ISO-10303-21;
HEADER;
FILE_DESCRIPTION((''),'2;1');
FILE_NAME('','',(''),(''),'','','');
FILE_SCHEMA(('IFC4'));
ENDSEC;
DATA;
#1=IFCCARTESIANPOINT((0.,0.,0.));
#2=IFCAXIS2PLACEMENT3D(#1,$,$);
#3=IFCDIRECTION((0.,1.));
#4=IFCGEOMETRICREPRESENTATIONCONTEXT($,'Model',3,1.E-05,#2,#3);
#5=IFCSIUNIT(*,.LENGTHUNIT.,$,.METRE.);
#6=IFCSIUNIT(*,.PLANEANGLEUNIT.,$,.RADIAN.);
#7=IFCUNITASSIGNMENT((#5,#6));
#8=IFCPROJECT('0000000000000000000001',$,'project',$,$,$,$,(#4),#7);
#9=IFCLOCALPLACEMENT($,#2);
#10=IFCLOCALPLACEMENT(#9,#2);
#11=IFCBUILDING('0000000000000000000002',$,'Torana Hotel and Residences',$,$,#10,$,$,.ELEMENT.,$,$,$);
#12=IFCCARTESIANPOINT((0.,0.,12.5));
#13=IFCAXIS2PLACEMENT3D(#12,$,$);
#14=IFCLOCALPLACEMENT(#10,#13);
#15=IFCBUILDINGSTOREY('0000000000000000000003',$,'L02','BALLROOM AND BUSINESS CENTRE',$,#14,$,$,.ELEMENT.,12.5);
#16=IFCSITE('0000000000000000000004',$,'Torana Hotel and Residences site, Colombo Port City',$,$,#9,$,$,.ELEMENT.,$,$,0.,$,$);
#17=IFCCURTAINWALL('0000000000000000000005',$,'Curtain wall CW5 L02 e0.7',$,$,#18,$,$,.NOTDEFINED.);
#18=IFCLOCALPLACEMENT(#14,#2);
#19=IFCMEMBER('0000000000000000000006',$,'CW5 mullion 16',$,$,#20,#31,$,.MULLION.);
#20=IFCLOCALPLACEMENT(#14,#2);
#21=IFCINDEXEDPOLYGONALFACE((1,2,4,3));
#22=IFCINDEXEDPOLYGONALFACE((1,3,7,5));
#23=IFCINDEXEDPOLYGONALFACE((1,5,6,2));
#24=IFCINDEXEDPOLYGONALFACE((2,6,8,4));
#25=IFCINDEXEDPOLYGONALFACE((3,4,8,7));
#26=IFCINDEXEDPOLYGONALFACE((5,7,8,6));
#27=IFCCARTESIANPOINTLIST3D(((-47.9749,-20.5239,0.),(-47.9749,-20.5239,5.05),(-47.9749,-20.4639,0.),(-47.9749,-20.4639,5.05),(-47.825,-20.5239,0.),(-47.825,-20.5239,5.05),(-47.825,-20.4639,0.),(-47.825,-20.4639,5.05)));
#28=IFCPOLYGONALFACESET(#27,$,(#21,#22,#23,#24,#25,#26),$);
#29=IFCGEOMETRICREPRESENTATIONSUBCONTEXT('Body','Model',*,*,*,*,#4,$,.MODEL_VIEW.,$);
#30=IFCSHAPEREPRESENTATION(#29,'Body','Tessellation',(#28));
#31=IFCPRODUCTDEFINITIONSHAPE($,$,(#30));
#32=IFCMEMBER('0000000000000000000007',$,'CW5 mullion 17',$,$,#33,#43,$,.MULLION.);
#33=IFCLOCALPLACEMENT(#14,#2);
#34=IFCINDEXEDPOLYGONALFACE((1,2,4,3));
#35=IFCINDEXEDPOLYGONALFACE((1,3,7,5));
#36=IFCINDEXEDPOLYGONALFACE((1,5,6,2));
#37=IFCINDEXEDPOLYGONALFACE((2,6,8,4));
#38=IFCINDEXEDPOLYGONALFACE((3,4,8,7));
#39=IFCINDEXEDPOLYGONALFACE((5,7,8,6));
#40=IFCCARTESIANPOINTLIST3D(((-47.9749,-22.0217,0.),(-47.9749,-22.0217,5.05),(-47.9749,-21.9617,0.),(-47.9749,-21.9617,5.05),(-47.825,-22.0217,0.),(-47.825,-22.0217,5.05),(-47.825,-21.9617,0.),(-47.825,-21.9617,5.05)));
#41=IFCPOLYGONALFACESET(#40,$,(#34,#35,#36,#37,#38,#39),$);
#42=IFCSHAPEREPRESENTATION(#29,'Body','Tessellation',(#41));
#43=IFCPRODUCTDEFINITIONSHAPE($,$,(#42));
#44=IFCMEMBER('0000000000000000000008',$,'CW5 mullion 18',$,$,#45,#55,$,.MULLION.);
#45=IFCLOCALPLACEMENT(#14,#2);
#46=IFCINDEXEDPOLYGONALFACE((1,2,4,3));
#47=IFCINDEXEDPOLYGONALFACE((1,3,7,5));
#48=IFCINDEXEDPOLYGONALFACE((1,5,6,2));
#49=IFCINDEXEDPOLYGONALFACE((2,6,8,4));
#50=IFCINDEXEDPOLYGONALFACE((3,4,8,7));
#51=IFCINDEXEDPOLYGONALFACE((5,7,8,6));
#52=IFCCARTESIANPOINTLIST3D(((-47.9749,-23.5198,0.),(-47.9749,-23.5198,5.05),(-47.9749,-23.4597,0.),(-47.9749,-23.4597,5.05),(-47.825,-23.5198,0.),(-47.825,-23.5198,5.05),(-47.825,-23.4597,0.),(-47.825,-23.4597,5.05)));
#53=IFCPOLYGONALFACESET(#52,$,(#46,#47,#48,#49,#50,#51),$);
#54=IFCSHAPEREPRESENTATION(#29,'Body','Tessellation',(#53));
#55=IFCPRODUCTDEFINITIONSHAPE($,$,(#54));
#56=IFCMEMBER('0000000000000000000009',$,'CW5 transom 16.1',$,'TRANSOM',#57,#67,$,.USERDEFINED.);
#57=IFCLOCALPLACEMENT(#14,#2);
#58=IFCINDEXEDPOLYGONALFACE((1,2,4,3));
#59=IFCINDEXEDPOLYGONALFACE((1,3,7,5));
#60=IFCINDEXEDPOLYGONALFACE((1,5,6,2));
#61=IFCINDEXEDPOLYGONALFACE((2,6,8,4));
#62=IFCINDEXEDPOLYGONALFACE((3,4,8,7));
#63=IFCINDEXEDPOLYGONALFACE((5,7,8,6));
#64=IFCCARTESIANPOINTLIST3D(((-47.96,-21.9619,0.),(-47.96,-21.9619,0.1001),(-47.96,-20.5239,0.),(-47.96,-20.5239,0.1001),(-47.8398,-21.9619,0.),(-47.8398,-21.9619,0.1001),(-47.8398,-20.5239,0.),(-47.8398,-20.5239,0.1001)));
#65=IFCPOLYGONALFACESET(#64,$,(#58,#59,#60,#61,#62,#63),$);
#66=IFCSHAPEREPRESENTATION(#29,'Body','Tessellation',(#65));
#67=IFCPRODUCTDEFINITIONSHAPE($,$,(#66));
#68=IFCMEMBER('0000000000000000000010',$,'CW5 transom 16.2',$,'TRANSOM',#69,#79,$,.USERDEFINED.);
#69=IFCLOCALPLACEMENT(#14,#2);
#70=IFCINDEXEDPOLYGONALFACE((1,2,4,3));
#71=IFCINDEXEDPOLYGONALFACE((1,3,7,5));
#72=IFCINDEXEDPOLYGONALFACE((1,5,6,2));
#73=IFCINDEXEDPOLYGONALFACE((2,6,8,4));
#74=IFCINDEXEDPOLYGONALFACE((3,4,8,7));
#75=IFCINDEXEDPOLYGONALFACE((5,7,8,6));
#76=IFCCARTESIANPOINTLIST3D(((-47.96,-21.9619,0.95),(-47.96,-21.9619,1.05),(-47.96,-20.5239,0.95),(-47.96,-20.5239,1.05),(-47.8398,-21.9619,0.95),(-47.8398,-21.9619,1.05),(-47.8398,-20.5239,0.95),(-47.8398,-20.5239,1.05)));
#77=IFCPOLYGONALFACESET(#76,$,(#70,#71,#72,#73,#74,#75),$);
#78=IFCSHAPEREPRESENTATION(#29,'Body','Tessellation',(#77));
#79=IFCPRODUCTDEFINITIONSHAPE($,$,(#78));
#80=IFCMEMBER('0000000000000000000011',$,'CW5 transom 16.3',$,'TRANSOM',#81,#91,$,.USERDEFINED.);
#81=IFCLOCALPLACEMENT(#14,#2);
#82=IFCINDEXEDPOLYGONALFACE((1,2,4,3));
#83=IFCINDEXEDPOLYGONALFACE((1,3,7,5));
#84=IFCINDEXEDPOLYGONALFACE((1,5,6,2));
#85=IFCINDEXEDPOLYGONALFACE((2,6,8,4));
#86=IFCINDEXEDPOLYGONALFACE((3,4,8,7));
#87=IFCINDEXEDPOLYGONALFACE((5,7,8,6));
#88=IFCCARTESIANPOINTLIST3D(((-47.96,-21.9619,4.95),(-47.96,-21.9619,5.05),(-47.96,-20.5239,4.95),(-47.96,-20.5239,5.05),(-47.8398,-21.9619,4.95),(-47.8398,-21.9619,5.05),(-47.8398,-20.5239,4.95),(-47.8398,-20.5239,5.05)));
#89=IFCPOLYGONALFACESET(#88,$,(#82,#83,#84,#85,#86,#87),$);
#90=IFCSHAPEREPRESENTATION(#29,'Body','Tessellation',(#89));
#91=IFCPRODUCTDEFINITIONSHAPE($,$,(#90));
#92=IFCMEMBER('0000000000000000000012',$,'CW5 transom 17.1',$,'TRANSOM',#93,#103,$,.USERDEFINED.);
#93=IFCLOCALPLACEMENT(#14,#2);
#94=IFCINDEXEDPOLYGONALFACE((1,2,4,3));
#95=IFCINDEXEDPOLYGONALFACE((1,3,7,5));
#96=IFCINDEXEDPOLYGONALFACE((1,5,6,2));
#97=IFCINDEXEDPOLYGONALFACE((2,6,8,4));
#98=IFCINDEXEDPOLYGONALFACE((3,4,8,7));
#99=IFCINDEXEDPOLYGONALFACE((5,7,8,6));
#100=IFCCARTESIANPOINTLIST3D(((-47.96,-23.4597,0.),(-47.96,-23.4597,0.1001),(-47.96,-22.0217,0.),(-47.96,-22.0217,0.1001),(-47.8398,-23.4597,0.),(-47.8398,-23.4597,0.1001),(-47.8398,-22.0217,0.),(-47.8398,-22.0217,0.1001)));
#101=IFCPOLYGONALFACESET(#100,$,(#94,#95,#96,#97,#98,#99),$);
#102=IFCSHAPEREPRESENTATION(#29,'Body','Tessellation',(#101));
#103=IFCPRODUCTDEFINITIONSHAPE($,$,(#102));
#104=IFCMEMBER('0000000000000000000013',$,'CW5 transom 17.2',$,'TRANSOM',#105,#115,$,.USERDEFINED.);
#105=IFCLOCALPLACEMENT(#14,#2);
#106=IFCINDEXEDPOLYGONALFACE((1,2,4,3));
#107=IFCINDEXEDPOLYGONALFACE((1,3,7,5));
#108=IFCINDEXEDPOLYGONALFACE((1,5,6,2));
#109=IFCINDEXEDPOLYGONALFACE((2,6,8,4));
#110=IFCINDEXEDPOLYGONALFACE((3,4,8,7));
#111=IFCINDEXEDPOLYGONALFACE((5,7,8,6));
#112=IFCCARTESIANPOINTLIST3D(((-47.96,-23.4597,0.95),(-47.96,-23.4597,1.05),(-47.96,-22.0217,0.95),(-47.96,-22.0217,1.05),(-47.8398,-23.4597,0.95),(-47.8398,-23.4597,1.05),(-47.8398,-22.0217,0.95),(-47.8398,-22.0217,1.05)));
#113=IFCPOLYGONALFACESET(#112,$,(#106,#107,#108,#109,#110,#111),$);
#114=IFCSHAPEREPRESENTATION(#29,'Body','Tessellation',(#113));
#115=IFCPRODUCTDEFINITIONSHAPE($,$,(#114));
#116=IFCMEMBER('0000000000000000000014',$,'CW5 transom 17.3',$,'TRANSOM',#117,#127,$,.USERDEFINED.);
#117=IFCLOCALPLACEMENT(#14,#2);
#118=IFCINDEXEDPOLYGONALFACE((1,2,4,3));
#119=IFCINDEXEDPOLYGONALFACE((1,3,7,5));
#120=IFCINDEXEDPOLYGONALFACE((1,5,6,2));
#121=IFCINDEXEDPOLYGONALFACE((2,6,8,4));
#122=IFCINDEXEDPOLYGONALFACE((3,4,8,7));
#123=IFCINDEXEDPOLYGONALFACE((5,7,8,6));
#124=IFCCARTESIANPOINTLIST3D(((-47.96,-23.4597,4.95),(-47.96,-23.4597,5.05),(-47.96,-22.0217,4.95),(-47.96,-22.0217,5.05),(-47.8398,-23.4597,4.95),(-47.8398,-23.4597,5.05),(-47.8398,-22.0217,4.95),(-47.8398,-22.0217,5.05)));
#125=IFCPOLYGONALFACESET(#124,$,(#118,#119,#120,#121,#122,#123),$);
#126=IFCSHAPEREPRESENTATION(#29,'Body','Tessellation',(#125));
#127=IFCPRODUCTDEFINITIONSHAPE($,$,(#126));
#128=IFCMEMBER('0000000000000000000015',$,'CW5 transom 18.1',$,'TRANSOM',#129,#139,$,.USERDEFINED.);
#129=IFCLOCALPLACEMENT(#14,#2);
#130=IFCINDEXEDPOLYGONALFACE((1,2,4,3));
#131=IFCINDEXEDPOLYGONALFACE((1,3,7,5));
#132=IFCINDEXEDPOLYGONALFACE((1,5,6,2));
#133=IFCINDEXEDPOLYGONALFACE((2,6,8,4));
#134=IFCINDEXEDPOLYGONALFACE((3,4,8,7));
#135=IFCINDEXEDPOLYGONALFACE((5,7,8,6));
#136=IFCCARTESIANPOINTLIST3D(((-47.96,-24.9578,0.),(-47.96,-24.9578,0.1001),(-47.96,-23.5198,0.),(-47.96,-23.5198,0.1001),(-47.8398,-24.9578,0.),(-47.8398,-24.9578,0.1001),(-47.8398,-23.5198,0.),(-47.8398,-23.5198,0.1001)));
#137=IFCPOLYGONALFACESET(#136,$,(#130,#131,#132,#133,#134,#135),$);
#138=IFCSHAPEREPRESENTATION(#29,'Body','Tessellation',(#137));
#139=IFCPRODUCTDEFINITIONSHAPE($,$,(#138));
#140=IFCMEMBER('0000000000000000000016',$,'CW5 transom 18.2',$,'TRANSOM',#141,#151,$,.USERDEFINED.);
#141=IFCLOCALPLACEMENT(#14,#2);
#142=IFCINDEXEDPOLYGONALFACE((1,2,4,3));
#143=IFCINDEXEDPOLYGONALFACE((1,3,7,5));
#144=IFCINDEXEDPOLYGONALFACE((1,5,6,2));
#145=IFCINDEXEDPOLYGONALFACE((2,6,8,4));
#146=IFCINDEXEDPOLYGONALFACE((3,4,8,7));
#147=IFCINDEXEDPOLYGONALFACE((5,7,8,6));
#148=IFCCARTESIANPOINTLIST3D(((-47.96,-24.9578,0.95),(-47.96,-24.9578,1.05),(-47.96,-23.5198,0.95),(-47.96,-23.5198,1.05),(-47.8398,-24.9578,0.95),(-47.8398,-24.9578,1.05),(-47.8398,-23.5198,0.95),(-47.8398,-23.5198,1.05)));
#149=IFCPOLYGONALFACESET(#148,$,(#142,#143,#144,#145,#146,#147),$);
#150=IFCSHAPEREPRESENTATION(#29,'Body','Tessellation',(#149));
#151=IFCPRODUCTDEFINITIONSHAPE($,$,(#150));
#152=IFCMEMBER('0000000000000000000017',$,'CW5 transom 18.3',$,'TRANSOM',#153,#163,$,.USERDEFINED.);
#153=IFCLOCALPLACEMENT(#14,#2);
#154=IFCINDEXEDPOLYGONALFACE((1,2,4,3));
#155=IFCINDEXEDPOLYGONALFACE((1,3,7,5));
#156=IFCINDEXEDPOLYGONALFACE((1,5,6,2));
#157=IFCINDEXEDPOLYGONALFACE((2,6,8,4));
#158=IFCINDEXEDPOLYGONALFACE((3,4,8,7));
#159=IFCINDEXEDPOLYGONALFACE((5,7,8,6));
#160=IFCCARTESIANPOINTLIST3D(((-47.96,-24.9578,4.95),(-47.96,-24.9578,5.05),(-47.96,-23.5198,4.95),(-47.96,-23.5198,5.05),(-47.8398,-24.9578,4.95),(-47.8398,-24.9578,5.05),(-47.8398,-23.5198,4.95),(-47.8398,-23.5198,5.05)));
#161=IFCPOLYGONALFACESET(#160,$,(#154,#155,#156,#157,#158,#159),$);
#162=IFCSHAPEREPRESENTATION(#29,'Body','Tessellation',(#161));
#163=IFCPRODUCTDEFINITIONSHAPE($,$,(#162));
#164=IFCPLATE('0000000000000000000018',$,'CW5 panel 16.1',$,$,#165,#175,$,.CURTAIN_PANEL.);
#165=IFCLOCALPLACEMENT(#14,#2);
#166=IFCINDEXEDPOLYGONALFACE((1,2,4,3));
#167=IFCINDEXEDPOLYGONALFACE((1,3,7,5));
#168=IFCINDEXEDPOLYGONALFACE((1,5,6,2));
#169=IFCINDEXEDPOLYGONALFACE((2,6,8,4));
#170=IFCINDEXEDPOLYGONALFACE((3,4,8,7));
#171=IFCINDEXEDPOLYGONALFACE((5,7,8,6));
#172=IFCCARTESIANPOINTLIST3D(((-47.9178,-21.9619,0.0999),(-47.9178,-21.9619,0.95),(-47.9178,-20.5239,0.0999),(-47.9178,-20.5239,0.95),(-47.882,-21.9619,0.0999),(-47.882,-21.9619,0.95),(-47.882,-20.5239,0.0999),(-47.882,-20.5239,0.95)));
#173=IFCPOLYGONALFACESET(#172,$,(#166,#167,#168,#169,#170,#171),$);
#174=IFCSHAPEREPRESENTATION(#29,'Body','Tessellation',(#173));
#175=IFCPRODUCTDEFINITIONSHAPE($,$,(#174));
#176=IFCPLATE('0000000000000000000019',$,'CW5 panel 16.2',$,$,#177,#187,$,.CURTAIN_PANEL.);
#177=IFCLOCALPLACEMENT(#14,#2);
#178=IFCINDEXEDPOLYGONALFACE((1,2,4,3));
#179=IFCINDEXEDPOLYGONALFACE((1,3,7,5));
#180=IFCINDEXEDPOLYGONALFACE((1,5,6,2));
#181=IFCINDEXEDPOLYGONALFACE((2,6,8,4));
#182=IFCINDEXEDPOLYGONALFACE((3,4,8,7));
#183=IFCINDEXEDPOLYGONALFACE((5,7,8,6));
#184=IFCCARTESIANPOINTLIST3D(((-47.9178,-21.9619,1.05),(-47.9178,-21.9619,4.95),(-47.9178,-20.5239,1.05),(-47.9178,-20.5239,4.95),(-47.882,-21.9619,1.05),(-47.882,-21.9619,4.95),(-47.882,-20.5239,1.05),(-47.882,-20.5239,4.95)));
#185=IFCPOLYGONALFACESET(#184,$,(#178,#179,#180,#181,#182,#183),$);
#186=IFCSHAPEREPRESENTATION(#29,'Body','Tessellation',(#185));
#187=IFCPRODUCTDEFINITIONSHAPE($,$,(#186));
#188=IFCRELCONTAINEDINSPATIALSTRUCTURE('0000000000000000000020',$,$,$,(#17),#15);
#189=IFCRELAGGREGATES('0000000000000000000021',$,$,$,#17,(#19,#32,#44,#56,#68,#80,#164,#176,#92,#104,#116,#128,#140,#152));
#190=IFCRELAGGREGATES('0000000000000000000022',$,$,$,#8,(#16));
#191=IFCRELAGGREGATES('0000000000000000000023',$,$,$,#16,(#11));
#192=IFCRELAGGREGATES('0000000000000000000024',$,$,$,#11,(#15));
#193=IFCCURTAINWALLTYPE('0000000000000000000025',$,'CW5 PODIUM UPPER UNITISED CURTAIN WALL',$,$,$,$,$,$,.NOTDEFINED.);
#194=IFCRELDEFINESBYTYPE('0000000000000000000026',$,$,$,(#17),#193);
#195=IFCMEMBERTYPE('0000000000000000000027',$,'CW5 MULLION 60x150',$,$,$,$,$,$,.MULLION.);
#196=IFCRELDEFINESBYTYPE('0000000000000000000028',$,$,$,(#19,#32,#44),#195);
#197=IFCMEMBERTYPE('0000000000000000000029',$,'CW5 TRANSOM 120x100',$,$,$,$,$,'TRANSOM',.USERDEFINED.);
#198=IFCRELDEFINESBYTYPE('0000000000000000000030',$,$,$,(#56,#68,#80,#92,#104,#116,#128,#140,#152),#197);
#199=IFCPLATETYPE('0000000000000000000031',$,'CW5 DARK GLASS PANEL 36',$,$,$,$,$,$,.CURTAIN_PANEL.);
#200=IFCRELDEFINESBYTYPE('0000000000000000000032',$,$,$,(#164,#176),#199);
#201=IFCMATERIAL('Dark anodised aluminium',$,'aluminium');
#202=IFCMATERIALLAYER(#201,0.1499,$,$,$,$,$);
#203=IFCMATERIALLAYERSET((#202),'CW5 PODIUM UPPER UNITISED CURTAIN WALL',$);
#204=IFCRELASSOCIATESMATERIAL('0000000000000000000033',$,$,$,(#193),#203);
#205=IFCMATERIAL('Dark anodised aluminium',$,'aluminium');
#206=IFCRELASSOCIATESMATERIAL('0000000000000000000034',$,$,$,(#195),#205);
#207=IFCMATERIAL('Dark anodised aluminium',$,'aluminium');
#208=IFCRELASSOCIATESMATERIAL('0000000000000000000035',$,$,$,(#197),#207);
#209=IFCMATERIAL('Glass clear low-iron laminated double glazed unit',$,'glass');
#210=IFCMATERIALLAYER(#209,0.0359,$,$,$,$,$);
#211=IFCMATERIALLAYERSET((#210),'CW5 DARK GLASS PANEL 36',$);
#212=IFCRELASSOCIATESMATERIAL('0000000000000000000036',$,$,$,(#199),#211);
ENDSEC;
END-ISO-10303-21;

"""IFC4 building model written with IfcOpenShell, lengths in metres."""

from ifc_helpers import new_model, si_unit, direction, frame, origin, origin_2d, place, context, subcontext, project, spatial, rectangle, extrude, material, layer, layer_set, material_profile, profile_set, type_object, element, aggregate, save


model = new_model("IFC4")

# Units and contexts
model_context = context("Model", 3, precision=1e-05, world=origin(), true_north=direction((0.0, 1.0)))
body_context = subcontext(model_context, "Body", "Model", "MODEL_VIEW")
ifc_project = project(units=[si_unit("LENGTHUNIT", "METRE"), si_unit("PLANEANGLEUNIT", "RADIAN")], contexts=[model_context])

# Site, building, storey
site_placement = place(None, origin())
site = spatial("IfcSite", under=ifc_project, at=site_placement, Name="Torana Hotel and Residences site, Colombo Port City", CompositionType="ELEMENT", RefElevation=0.0)
building_placement = place(site_placement, origin())
building = spatial("IfcBuilding", under=site, at=building_placement, Name="Torana Hotel and Residences", CompositionType="ELEMENT")
storey_placement = place(building_placement, frame((0.0, 0.0, 12.5)))
storey = spatial("IfcBuildingStorey", under=building, at=storey_placement, Name="L02", Description="BALLROOM AND BUSINESS CENTRE", CompositionType="ELEMENT", Elevation=12.5)

# Curtain wall, members, plates
ifc_material_1 = material(Name="Dark anodised aluminium", Category="aluminium")
ifc_layer_1 = layer(ifc_material_1, 0.1499)
ifc_layer_set_1 = layer_set([ifc_layer_1], Name="CW5 PODIUM UPPER UNITISED CURTAIN WALL")
curtain_wall_type = type_object("IfcCurtainWallType", Name="CW5 PODIUM UPPER UNITISED CURTAIN WALL", PredefinedType="NOTDEFINED", material=ifc_layer_set_1)
curtain_wall_placement = place(storey_placement, origin())
curtain_wall = element("IfcCurtainWall", 1, at=curtain_wall_placement, inside=storey, type_object=curtain_wall_type, Name="Curtain wall CW5 L02 e0.7", PredefinedType="NOTDEFINED")
ifc_material_2 = material(Name="Dark anodised aluminium", Category="aluminium")
ifc_material_profile_1 = material_profile(ifc_material_2, rectangle(XDim=0.1499, YDim=0.0601, at=origin_2d()), Name="CW5 MULLION 60x150")
ifc_profile_set_1 = profile_set([ifc_material_profile_1], Name="Dark anodised aluminium")
member_type_1 = type_object("IfcMemberType", Name="CW5 MULLION 60x150", PredefinedType="MULLION", material=ifc_profile_set_1)
member_1_placement = place(storey_placement, frame((-47.8999, -20.4939, 0.0), z_axis=(0.0, 0.0, 1.0), x_axis=(1.0, 0.0, 0.0)))
member_1 = element("IfcMember", 2, at=member_1_placement, type_object=member_type_1, Name="CW5 mullion 16", PredefinedType="MULLION", context=body_context, shape_type="SweptSolid", body=[
    extrude(rectangle(XDim=0.1499, YDim=0.0601, at=origin_2d()), origin(), (0.0, 0.0, 1.0), 5.05),
])
member_2_placement = place(storey_placement, frame((-47.8999, -21.9917, 0.0), z_axis=(0.0, 0.0, 1.0), x_axis=(1.0, 0.0, 0.0)))
member_2 = element("IfcMember", 3, at=member_2_placement, type_object=member_type_1, Name="CW5 mullion 17", PredefinedType="MULLION", context=body_context, shape_type="SweptSolid", body=[
    extrude(rectangle(XDim=0.1499, YDim=0.0601, at=origin_2d()), origin(), (0.0, 0.0, 1.0), 5.05),
])
member_3_placement = place(storey_placement, frame((-47.8999, -23.4897, 0.0), z_axis=(0.0, 0.0, 1.0), x_axis=(1.0, 0.0, 0.0)))
member_3 = element("IfcMember", 4, at=member_3_placement, type_object=member_type_1, Name="CW5 mullion 18", PredefinedType="MULLION", context=body_context, shape_type="SweptSolid", body=[
    extrude(rectangle(XDim=0.1499, YDim=0.0601, at=origin_2d()), origin(), (0.0, 0.0, 1.0), 5.05),
])
ifc_material_3 = material(Name="Dark anodised aluminium", Category="aluminium")
ifc_material_profile_2 = material_profile(ifc_material_3, rectangle(XDim=0.1201, YDim=0.1001, at=origin_2d()), Name="CW5 TRANSOM 120x100")
ifc_profile_set_2 = profile_set([ifc_material_profile_2], Name="Dark anodised aluminium")
member_type_2 = type_object("IfcMemberType", Name="CW5 TRANSOM 120x100", ElementType="TRANSOM", PredefinedType="USERDEFINED", material=ifc_profile_set_2)
member_4_placement = place(storey_placement, frame((-47.8999, -20.5239, 0.05), z_axis=(0.0, -1.0, 0.0), x_axis=(1.0, 0.0, 0.0)))
member_4 = element("IfcMember", 5, at=member_4_placement, type_object=member_type_2, Name="CW5 transom 16.1", ObjectType="TRANSOM", PredefinedType="USERDEFINED", context=body_context, shape_type="SweptSolid", body=[
    extrude(rectangle(XDim=0.1201, YDim=0.1001, at=origin_2d()), origin(), (0.0, 0.0, 1.0), 1.438),
])
member_5_placement = place(storey_placement, frame((-47.8999, -20.5239, 1.0), z_axis=(0.0, -1.0, 0.0), x_axis=(1.0, 0.0, 0.0)))
member_5 = element("IfcMember", 6, at=member_5_placement, type_object=member_type_2, Name="CW5 transom 16.2", ObjectType="TRANSOM", PredefinedType="USERDEFINED", context=body_context, shape_type="SweptSolid", body=[
    extrude(rectangle(XDim=0.1201, YDim=0.1001, at=origin_2d()), origin(), (0.0, 0.0, 1.0), 1.438),
])
member_6_placement = place(storey_placement, frame((-47.8999, -20.5239, 5.0), z_axis=(0.0, -1.0, 0.0), x_axis=(1.0, 0.0, 0.0)))
member_6 = element("IfcMember", 7, at=member_6_placement, type_object=member_type_2, Name="CW5 transom 16.3", ObjectType="TRANSOM", PredefinedType="USERDEFINED", context=body_context, shape_type="SweptSolid", body=[
    extrude(rectangle(XDim=0.1201, YDim=0.1001, at=origin_2d()), origin(), (0.0, 0.0, 1.0), 1.438),
])
member_7_placement = place(storey_placement, frame((-47.8999, -22.0217, 0.05), z_axis=(0.0, -1.0, 0.0), x_axis=(1.0, 0.0, 0.0)))
member_7 = element("IfcMember", 8, at=member_7_placement, type_object=member_type_2, Name="CW5 transom 17.1", ObjectType="TRANSOM", PredefinedType="USERDEFINED", context=body_context, shape_type="SweptSolid", body=[
    extrude(rectangle(XDim=0.1201, YDim=0.1001, at=origin_2d()), origin(), (0.0, 0.0, 1.0), 1.438),
])
member_8_placement = place(storey_placement, frame((-47.8999, -22.0217, 1.0), z_axis=(0.0, -1.0, 0.0), x_axis=(1.0, 0.0, 0.0)))
member_8 = element("IfcMember", 9, at=member_8_placement, type_object=member_type_2, Name="CW5 transom 17.2", ObjectType="TRANSOM", PredefinedType="USERDEFINED", context=body_context, shape_type="SweptSolid", body=[
    extrude(rectangle(XDim=0.1201, YDim=0.1001, at=origin_2d()), origin(), (0.0, 0.0, 1.0), 1.438),
])
member_9_placement = place(storey_placement, frame((-47.8999, -22.0217, 5.0), z_axis=(0.0, -1.0, 0.0), x_axis=(1.0, 0.0, 0.0)))
member_9 = element("IfcMember", 10, at=member_9_placement, type_object=member_type_2, Name="CW5 transom 17.3", ObjectType="TRANSOM", PredefinedType="USERDEFINED", context=body_context, shape_type="SweptSolid", body=[
    extrude(rectangle(XDim=0.1201, YDim=0.1001, at=origin_2d()), origin(), (0.0, 0.0, 1.0), 1.438),
])
member_10_placement = place(storey_placement, frame((-47.8999, -23.5198, 0.05), z_axis=(0.0, -1.0, 0.0), x_axis=(1.0, 0.0, 0.0)))
member_10 = element("IfcMember", 11, at=member_10_placement, type_object=member_type_2, Name="CW5 transom 18.1", ObjectType="TRANSOM", PredefinedType="USERDEFINED", context=body_context, shape_type="SweptSolid", body=[
    extrude(rectangle(XDim=0.1201, YDim=0.1001, at=origin_2d()), origin(), (0.0, 0.0, 1.0), 1.438),
])
member_11_placement = place(storey_placement, frame((-47.8999, -23.5198, 1.0), z_axis=(0.0, -1.0, 0.0), x_axis=(1.0, 0.0, 0.0)))
member_11 = element("IfcMember", 12, at=member_11_placement, type_object=member_type_2, Name="CW5 transom 18.2", ObjectType="TRANSOM", PredefinedType="USERDEFINED", context=body_context, shape_type="SweptSolid", body=[
    extrude(rectangle(XDim=0.1201, YDim=0.1001, at=origin_2d()), origin(), (0.0, 0.0, 1.0), 1.438),
])
member_12_placement = place(storey_placement, frame((-47.8999, -23.5198, 5.0), z_axis=(0.0, -1.0, 0.0), x_axis=(1.0, 0.0, 0.0)))
member_12 = element("IfcMember", 13, at=member_12_placement, type_object=member_type_2, Name="CW5 transom 18.3", ObjectType="TRANSOM", PredefinedType="USERDEFINED", context=body_context, shape_type="SweptSolid", body=[
    extrude(rectangle(XDim=0.1201, YDim=0.1001, at=origin_2d()), origin(), (0.0, 0.0, 1.0), 1.438),
])
ifc_material_4 = material(Name="Glass clear low-iron laminated double glazed unit", Category="glass")
ifc_layer_2 = layer(ifc_material_4, 0.0359)
ifc_layer_set_2 = layer_set([ifc_layer_2], Name="CW5 DARK GLASS PANEL 36")
plate_type = type_object("IfcPlateType", Name="CW5 DARK GLASS PANEL 36", PredefinedType="CURTAIN_PANEL", material=ifc_layer_set_2)
plate_1_placement = place(storey_placement, frame((-47.8999, -21.2429, 0.0999), z_axis=(0.0, 0.0, 1.0), x_axis=(0.0, -1.0, 0.0)))
plate_1 = element("IfcPlate", 14, at=plate_1_placement, type_object=plate_type, Name="CW5 panel 16.1", PredefinedType="CURTAIN_PANEL", context=body_context, shape_type="SweptSolid", body=[
    extrude(rectangle(XDim=1.438, YDim=0.0359, at=origin_2d()), origin(), (0.0, 0.0, 1.0), 0.8501),
])
plate_2_placement = place(storey_placement, frame((-47.8999, -21.2429, 1.05), z_axis=(0.0, 0.0, 1.0), x_axis=(0.0, -1.0, 0.0)))
plate_2 = element("IfcPlate", 15, at=plate_2_placement, type_object=plate_type, Name="CW5 panel 16.2", PredefinedType="CURTAIN_PANEL", context=body_context, shape_type="SweptSolid", body=[
    extrude(rectangle(XDim=1.438, YDim=0.0359, at=origin_2d()), origin(), (0.0, 0.0, 1.0), 3.8999),
])
aggregate(curtain_wall, [member_1, member_2, member_3, member_4, member_5, member_6, plate_1, plate_2, member_7, member_8, member_9, member_10, member_11, member_12])

save(model, "model.ifc")
